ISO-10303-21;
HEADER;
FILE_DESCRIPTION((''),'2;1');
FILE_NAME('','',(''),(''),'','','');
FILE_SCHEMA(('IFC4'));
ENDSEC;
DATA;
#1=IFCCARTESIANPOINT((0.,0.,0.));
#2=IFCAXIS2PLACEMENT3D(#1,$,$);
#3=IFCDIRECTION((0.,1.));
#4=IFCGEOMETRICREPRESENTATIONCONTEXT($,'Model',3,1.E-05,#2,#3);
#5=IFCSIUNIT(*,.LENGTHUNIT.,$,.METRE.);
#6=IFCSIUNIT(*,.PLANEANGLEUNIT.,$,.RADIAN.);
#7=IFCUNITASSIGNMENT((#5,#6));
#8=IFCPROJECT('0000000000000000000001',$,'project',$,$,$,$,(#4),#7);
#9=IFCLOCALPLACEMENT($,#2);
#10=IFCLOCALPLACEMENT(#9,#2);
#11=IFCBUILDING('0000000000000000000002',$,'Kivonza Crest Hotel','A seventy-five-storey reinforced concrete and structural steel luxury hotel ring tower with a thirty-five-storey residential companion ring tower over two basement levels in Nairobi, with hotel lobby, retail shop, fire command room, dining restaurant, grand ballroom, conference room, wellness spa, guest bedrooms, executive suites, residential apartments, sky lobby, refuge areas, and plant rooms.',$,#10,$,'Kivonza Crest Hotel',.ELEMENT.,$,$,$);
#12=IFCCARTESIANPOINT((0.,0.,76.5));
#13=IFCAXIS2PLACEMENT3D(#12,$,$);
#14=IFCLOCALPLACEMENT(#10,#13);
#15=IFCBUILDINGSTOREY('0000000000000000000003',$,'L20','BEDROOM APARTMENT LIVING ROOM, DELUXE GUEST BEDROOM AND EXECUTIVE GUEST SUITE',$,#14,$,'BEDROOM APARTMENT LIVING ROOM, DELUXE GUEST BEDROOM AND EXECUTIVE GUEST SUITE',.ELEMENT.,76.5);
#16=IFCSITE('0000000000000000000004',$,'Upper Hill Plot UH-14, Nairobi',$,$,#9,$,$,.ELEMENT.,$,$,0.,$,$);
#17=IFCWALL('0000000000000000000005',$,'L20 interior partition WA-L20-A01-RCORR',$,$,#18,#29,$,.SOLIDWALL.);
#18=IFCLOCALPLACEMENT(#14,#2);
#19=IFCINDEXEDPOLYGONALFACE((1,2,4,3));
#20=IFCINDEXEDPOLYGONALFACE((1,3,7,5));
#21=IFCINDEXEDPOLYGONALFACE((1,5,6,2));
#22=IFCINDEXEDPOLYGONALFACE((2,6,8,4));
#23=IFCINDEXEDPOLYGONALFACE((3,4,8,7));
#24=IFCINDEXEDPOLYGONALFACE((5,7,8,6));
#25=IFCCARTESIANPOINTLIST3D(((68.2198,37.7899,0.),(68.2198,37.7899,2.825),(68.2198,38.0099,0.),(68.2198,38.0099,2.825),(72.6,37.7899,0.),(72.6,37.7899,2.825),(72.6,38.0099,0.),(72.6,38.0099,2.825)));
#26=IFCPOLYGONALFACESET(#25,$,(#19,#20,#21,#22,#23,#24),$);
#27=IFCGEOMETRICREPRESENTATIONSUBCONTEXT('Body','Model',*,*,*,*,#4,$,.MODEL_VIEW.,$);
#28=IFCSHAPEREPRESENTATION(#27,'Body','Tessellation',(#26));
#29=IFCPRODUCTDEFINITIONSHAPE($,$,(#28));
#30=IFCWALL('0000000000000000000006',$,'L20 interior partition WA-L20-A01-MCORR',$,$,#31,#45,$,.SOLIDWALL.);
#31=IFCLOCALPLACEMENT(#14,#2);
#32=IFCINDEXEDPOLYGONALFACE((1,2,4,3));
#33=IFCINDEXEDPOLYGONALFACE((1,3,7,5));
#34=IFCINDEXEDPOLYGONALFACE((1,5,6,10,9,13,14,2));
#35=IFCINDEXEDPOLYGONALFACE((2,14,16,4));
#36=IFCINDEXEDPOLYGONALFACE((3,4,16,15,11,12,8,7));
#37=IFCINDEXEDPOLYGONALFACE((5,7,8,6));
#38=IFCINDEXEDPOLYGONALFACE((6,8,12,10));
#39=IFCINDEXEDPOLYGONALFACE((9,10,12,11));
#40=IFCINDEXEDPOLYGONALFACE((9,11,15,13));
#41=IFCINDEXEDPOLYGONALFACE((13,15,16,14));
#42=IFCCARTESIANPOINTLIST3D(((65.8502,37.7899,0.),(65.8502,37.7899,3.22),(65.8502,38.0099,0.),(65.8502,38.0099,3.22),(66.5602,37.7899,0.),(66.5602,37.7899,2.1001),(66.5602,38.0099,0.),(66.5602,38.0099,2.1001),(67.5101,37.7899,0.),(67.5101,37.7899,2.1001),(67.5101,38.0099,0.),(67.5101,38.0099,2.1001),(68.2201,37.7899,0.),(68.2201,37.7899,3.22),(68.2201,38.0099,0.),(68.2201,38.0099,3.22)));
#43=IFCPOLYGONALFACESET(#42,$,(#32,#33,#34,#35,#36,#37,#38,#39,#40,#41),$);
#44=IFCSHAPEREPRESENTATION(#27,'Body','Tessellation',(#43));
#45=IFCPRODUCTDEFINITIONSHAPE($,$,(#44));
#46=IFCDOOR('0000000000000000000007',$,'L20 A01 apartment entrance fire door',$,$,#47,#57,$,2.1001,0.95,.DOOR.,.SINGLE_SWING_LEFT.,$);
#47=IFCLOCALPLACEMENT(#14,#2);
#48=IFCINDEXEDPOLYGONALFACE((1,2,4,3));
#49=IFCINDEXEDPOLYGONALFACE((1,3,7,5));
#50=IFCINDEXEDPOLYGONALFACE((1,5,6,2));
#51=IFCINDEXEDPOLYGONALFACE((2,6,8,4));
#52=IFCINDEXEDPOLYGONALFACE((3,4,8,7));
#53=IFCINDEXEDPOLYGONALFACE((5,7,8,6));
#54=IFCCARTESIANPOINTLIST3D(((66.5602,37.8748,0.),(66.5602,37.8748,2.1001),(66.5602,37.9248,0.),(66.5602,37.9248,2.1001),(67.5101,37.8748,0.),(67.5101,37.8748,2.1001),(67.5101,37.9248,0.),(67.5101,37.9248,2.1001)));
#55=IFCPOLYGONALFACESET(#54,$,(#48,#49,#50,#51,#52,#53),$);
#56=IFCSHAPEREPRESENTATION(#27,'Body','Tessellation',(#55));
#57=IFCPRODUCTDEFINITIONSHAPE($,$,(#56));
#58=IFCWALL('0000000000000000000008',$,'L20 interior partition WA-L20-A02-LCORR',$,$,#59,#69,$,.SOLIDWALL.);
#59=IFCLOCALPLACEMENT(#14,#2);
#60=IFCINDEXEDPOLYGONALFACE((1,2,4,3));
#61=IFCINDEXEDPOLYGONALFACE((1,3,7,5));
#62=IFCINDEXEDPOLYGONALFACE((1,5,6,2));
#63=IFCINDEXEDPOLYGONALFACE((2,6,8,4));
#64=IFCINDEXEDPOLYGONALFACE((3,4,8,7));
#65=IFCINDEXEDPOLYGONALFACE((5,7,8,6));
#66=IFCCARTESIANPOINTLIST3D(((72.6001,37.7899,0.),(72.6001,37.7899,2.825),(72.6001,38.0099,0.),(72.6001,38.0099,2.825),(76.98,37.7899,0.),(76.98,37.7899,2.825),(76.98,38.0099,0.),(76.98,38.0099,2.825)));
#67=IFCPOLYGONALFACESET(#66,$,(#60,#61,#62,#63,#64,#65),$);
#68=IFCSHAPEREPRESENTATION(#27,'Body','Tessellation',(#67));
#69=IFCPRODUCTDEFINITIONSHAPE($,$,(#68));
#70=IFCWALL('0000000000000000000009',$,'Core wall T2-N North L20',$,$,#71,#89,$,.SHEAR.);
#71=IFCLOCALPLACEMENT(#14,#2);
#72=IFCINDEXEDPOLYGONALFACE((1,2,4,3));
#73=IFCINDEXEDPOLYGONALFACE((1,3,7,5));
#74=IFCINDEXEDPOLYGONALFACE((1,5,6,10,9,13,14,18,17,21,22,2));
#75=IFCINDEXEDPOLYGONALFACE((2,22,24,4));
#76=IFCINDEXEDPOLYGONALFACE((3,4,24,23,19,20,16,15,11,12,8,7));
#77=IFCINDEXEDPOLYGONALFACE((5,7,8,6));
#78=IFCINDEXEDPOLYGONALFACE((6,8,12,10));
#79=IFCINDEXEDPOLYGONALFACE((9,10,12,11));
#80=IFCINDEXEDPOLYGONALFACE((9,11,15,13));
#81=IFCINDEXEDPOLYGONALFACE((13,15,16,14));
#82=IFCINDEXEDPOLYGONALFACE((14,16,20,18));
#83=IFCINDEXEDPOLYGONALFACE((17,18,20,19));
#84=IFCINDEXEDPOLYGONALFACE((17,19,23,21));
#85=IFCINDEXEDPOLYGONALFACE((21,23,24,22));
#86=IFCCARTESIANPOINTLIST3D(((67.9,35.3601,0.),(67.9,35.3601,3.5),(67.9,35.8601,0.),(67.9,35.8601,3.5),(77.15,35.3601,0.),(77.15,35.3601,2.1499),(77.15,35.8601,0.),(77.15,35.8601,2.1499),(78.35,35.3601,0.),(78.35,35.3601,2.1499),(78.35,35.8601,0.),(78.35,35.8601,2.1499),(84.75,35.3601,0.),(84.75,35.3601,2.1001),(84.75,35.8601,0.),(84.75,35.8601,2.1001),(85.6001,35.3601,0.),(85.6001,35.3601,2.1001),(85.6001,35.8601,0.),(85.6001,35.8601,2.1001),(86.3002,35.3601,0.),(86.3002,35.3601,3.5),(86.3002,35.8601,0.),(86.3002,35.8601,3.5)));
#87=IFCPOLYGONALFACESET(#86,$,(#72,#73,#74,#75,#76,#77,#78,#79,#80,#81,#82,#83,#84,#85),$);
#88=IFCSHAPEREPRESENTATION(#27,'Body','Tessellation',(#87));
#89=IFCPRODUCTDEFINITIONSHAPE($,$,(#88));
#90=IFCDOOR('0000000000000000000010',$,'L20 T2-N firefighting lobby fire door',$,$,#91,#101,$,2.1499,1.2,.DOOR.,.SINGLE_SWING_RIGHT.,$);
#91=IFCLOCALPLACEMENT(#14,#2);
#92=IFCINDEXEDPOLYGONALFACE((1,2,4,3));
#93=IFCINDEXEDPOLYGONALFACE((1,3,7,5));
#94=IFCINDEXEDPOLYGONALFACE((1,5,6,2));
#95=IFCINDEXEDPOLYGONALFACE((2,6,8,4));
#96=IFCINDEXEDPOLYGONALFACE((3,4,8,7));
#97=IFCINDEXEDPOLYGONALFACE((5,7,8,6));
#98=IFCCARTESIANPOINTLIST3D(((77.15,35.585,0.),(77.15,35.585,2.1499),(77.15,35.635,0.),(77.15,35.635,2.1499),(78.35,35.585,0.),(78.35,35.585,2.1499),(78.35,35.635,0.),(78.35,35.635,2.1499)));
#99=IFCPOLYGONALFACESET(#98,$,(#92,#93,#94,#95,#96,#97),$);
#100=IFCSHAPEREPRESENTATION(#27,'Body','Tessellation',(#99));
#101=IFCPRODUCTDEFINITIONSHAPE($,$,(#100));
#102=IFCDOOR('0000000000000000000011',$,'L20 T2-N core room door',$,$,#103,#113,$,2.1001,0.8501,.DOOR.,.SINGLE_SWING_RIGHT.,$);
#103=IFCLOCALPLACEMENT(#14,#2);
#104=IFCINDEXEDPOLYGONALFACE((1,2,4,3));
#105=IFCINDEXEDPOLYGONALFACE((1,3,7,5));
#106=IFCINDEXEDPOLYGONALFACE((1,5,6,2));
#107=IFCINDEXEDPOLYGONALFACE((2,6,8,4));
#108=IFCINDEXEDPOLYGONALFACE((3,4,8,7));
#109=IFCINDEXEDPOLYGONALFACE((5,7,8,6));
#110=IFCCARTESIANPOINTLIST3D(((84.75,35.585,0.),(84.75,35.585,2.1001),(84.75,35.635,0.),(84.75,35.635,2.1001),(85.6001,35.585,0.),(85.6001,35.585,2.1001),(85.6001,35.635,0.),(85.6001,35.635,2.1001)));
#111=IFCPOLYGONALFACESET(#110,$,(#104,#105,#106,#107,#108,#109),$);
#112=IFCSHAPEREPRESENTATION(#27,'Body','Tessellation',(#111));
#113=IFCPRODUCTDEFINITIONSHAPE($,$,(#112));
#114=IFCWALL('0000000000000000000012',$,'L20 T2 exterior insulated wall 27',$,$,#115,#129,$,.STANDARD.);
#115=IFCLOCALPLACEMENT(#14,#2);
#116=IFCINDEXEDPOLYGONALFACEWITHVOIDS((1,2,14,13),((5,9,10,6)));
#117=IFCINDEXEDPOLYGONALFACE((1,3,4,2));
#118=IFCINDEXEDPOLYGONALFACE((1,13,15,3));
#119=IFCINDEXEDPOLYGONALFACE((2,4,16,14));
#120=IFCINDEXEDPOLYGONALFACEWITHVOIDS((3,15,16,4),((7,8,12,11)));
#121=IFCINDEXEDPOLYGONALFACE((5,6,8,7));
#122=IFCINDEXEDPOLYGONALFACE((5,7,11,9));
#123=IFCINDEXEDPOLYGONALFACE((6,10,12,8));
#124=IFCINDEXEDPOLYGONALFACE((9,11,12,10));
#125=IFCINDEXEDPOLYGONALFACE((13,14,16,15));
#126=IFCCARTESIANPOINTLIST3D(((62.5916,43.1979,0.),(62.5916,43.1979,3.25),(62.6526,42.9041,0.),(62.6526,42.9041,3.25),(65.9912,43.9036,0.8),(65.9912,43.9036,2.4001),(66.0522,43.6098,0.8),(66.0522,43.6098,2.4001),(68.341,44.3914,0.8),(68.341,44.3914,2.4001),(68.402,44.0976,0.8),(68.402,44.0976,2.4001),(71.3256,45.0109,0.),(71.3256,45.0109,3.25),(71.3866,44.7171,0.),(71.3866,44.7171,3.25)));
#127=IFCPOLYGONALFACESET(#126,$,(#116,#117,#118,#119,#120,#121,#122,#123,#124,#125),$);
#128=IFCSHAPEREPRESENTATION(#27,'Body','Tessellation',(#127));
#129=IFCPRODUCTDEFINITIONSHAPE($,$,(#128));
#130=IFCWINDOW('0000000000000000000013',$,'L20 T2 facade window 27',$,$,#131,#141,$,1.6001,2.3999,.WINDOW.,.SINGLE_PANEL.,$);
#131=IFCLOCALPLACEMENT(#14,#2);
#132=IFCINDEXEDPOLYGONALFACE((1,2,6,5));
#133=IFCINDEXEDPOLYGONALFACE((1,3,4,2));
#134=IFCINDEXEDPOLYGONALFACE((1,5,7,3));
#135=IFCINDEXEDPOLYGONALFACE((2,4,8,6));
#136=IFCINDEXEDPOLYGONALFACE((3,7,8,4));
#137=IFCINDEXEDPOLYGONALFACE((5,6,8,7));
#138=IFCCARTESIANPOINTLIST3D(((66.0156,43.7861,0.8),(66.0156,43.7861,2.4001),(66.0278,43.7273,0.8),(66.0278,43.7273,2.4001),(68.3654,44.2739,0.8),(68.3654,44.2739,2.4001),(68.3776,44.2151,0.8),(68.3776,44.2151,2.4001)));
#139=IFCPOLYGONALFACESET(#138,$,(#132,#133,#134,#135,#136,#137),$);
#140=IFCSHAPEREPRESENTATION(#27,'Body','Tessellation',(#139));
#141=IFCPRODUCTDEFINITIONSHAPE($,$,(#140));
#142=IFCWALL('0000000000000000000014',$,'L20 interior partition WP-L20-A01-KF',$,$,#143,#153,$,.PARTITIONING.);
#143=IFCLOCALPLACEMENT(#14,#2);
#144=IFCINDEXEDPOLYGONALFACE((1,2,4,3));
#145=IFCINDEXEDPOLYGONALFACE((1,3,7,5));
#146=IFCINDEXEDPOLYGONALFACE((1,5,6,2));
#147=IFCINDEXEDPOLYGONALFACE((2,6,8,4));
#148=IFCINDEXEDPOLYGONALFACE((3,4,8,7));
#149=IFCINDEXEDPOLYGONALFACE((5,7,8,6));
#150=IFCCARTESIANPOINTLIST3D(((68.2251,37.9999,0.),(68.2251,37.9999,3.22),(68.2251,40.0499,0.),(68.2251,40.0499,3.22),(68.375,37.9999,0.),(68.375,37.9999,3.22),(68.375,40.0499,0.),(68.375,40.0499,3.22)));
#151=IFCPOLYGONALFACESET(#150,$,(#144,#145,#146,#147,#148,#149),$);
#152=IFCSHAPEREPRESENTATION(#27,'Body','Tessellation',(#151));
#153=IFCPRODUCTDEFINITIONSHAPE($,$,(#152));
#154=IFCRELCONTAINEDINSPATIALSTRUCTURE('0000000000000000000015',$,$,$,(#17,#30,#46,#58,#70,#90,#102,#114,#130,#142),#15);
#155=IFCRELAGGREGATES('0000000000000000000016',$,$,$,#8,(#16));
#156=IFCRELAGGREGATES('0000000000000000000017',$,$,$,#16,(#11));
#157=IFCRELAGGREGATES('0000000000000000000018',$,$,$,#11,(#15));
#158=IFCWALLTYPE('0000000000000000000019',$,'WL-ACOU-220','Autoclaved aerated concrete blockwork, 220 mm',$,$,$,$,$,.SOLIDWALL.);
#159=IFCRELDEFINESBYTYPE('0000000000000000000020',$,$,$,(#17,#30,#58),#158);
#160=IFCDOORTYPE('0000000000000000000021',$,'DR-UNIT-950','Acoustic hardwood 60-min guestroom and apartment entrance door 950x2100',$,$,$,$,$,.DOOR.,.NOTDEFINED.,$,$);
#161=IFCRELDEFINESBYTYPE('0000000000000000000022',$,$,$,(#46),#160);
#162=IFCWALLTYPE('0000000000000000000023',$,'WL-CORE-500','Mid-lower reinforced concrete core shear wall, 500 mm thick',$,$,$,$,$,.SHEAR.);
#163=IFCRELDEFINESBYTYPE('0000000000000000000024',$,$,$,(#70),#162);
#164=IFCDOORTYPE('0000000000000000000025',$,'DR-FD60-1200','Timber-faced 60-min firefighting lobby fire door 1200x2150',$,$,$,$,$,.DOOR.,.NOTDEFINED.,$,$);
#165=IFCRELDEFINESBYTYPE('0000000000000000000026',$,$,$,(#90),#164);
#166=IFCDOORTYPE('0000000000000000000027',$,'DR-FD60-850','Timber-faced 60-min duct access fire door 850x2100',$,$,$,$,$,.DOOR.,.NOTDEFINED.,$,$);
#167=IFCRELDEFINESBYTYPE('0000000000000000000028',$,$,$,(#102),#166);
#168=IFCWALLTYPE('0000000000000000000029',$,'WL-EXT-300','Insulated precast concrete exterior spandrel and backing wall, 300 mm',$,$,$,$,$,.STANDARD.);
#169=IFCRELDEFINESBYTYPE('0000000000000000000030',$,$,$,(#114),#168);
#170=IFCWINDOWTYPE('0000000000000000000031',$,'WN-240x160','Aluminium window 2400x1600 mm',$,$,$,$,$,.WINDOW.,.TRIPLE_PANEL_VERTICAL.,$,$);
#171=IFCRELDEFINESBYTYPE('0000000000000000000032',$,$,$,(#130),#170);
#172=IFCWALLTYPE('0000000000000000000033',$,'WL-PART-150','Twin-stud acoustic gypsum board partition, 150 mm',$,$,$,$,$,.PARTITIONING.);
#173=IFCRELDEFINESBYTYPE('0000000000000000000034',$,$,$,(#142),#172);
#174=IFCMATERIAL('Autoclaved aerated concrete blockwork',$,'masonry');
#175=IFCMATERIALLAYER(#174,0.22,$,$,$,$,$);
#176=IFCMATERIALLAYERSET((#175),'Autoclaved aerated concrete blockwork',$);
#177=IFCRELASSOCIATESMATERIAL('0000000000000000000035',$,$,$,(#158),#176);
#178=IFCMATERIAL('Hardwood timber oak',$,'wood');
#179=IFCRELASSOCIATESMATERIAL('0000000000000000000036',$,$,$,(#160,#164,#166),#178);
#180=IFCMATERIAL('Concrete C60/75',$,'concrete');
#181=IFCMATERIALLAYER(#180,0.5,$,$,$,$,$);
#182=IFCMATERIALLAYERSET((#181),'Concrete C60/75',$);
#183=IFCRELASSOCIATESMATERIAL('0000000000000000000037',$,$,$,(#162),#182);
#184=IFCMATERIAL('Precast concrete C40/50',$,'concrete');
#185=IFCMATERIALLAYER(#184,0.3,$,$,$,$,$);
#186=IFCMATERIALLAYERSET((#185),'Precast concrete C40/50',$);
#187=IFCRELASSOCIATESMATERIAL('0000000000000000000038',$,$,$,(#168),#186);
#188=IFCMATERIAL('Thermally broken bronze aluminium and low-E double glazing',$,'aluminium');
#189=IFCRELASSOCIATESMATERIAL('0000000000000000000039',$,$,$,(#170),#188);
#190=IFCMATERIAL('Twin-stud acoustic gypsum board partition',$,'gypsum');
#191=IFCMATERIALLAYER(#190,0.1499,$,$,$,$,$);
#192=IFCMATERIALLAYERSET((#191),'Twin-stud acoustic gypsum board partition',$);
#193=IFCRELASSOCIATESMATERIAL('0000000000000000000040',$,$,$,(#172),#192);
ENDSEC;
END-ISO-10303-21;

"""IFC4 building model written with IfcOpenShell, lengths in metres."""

from ifc_helpers import new_model, si_unit, direction, frame, frame_2d, origin, place, context, subcontext, project, spatial, rectangle, extrude, material, layer, layer_set, type_object, element, fill, save


model = new_model("IFC4")

# Units and contexts
model_context = context("Model", 3, precision=1e-05, world=origin(), true_north=direction((0.0, 1.0)))
body_context = subcontext(model_context, "Body", "Model", "MODEL_VIEW")
ifc_project = project(units=[si_unit("LENGTHUNIT", "METRE"), si_unit("PLANEANGLEUNIT", "RADIAN")], contexts=[model_context])

# Site, building, storey
site_placement = place(None, origin())
site = spatial("IfcSite", under=ifc_project, at=site_placement, Name="Upper Hill Plot UH-14, Nairobi", CompositionType="ELEMENT", RefElevation=0.0)
building_placement = place(site_placement, origin())
building = spatial("IfcBuilding", under=site, at=building_placement, Name="Kivonza Crest Hotel", Description="A seventy-five-storey reinforced concrete and structural steel luxury hotel ring tower with a thirty-five-storey residential companion ring tower over two basement levels in Nairobi, with hotel lobby, retail shop, fire command room, dining restaurant, grand ballroom, conference room, wellness spa, guest bedrooms, executive suites, residential apartments, sky lobby, refuge areas, and plant rooms.", LongName="Kivonza Crest Hotel", CompositionType="ELEMENT")
storey_placement = place(building_placement, frame((0.0, 0.0, 76.5)))
storey = spatial("IfcBuildingStorey", under=building, at=storey_placement, Name="L20", Description="BEDROOM APARTMENT LIVING ROOM, DELUXE GUEST BEDROOM AND EXECUTIVE GUEST SUITE", LongName="BEDROOM APARTMENT LIVING ROOM, DELUXE GUEST BEDROOM AND EXECUTIVE GUEST SUITE", CompositionType="ELEMENT", Elevation=76.5)

# Wall
ifc_material_1 = material(Name="Autoclaved aerated concrete blockwork", Category="masonry")
ifc_layer_1 = layer(ifc_material_1, 0.22)
ifc_layer_set_1 = layer_set([ifc_layer_1], Name="Autoclaved aerated concrete blockwork")
wall_type_1 = type_object("IfcWallType", Name="WL-ACOU-220", Description="Autoclaved aerated concrete blockwork, 220 mm", PredefinedType="SOLIDWALL", material=ifc_layer_set_1)
wall_1_placement = place(storey_placement, frame((68.22, 37.8999, 0.0), z_axis=(0.0, 0.0, 1.0), x_axis=(1.0, 0.0, 0.0)))
element("IfcWall", 1, at=wall_1_placement, inside=storey, type_object=wall_type_1, Name="L20 interior partition WA-L20-A01-RCORR", PredefinedType="SOLIDWALL", context=body_context, shape_type="SweptSolid", body=[
    extrude(rectangle(XDim=4.3801, YDim=0.22, at=frame_2d((2.1899, 0.0))), origin(), (0.0, 0.0, 1.0), 2.825),
])

# Wall, opening, door
wall_2_placement = place(storey_placement, frame((65.8501, 37.8999, 0.0), z_axis=(0.0, 0.0, 1.0), x_axis=(1.0, 0.0, 0.0)))
wall_2 = element("IfcWall", 2, at=wall_2_placement, inside=storey, type_object=wall_type_1, Name="L20 interior partition WA-L20-A01-MCORR", PredefinedType="SOLIDWALL", context=body_context, shape_type="SweptSolid", body=[
    extrude(rectangle(XDim=2.3699, YDim=0.22, at=frame_2d((1.1851, 0.0))), origin(), (0.0, 0.0, 1.0), 3.22),
])
opening_1_placement = place(wall_2_placement, frame((0.71, 0.0, 0.0)))
opening_1 = element("IfcOpeningElement", 3, at=opening_1_placement, cuts=wall_2, PredefinedType="OPENING", context=body_context, shape_type="SweptSolid", body=[
    extrude(rectangle(XDim=0.95, YDim=2.1001, at=frame_2d((0.4751, 1.05))), frame((0.0, 0.1201, 0.0), z_axis=(0.0, -1.0, 0.0), x_axis=(1.0, 0.0, 0.0)), (0.0, 0.0, 1.0), 0.24),
])
ifc_material_2 = material(Name="Hardwood timber oak", Category="wood")
door_type_1 = type_object("IfcDoorType", Name="DR-UNIT-950", Description="Acoustic hardwood 60-min guestroom and apartment entrance door 950x2100", OperationType="NOTDEFINED", PredefinedType="DOOR", material=ifc_material_2)
door_1_placement = place(opening_1_placement, origin())
door_1 = element("IfcDoor", 4, at=door_1_placement, inside=storey, type_object=door_type_1, Name="L20 A01 apartment entrance fire door", OperationType="SINGLE_SWING_LEFT", OverallHeight=2.1001, OverallWidth=0.95, PredefinedType="DOOR", context=body_context, shape_type="SweptSolid", body=[
    extrude(rectangle(XDim=0.95, YDim=2.1001, at=frame_2d((0.4751, 1.05))), frame((0.0, 0.0249, 0.0), z_axis=(0.0, -1.0, 0.0), x_axis=(1.0, 0.0, 0.0)), (0.0, 0.0, 1.0), 0.05),
])
fill(opening_1, door_1)

# Wall
wall_3_placement = place(storey_placement, frame((72.6001, 37.8999, 0.0), z_axis=(0.0, 0.0, 1.0), x_axis=(1.0, 0.0, 0.0)))
element("IfcWall", 5, at=wall_3_placement, inside=storey, type_object=wall_type_1, Name="L20 interior partition WA-L20-A02-LCORR", PredefinedType="SOLIDWALL", context=body_context, shape_type="SweptSolid", body=[
    extrude(rectangle(XDim=4.3799, YDim=0.22, at=frame_2d((2.1899, 0.0))), origin(), (0.0, 0.0, 1.0), 2.825),
])

# Wall, openings, doors
ifc_material_3 = material(Name="Concrete C60/75", Category="concrete")
ifc_layer_2 = layer(ifc_material_3, 0.5)
ifc_layer_set_2 = layer_set([ifc_layer_2], Name="Concrete C60/75")
wall_type_2 = type_object("IfcWallType", Name="WL-CORE-500", Description="Mid-lower reinforced concrete core shear wall, 500 mm thick", PredefinedType="SHEAR", material=ifc_layer_set_2)
wall_4_placement = place(storey_placement, frame((67.8999, 35.6101, 0.0), z_axis=(0.0, 0.0, 1.0), x_axis=(1.0, 0.0, 0.0)))
wall_4 = element("IfcWall", 6, at=wall_4_placement, inside=storey, type_object=wall_type_2, Name="Core wall T2-N North L20", PredefinedType="SHEAR", context=body_context, shape_type="SweptSolid", body=[
    extrude(rectangle(XDim=18.4001, YDim=0.5, at=frame_2d((9.2002, 0.0))), origin(), (0.0, 0.0, 1.0), 3.5),
])
opening_2_placement = place(wall_4_placement, frame((9.25, 0.0, 0.0)))
opening_2 = element("IfcOpeningElement", 7, at=opening_2_placement, cuts=wall_4, PredefinedType="OPENING", context=body_context, shape_type="SweptSolid", body=[
    extrude(rectangle(XDim=1.2, YDim=2.1499, at=frame_2d((0.6001, 1.075))), frame((0.0, 0.26, 0.0), z_axis=(0.0, -1.0, 0.0), x_axis=(1.0, 0.0, 0.0)), (0.0, 0.0, 1.0), 0.52),
])
opening_3_placement = place(wall_4_placement, frame((16.8501, 0.0, 0.0)))
opening_3 = element("IfcOpeningElement", 8, at=opening_3_placement, cuts=wall_4, PredefinedType="OPENING", context=body_context, shape_type="SweptSolid", body=[
    extrude(rectangle(XDim=0.8501, YDim=2.1001, at=frame_2d((0.425, 1.05))), frame((0.0, 0.26, 0.0), z_axis=(0.0, -1.0, 0.0), x_axis=(1.0, 0.0, 0.0)), (0.0, 0.0, 1.0), 0.52),
])
door_type_2 = type_object("IfcDoorType", Name="DR-FD60-1200", Description="Timber-faced 60-min firefighting lobby fire door 1200x2150", OperationType="NOTDEFINED", PredefinedType="DOOR", material=ifc_material_2)
door_2_placement = place(opening_2_placement, origin())
door_2 = element("IfcDoor", 9, at=door_2_placement, inside=storey, type_object=door_type_2, Name="L20 T2-N firefighting lobby fire door", OperationType="SINGLE_SWING_RIGHT", OverallHeight=2.1499, OverallWidth=1.2, PredefinedType="DOOR", context=body_context, shape_type="SweptSolid", body=[
    extrude(rectangle(XDim=1.2, YDim=2.1499, at=frame_2d((0.6001, 1.075))), frame((0.0, 0.0249, 0.0), z_axis=(0.0, -1.0, 0.0), x_axis=(1.0, 0.0, 0.0)), (0.0, 0.0, 1.0), 0.05),
])
fill(opening_2, door_2)
door_type_3 = type_object("IfcDoorType", Name="DR-FD60-850", Description="Timber-faced 60-min duct access fire door 850x2100", OperationType="NOTDEFINED", PredefinedType="DOOR", material=ifc_material_2)
door_3_placement = place(opening_3_placement, origin())
door_3 = element("IfcDoor", 10, at=door_3_placement, inside=storey, type_object=door_type_3, Name="L20 T2-N core room door", OperationType="SINGLE_SWING_RIGHT", OverallHeight=2.1001, OverallWidth=0.8501, PredefinedType="DOOR", context=body_context, shape_type="SweptSolid", body=[
    extrude(rectangle(XDim=0.8501, YDim=2.1001, at=frame_2d((0.425, 1.05))), frame((0.0, 0.0249, 0.0), z_axis=(0.0, -1.0, 0.0), x_axis=(1.0, 0.0, 0.0)), (0.0, 0.0, 1.0), 0.05),
])
fill(opening_3, door_3)

# Wall, opening, window
ifc_material_4 = material(Name="Precast concrete C40/50", Category="concrete")
ifc_layer_3 = layer(ifc_material_4, 0.3)
ifc_layer_set_3 = layer_set([ifc_layer_3], Name="Precast concrete C40/50")
wall_type_3 = type_object("IfcWallType", Name="WL-EXT-300", Description="Insulated precast concrete exterior spandrel and backing wall, 300 mm", PredefinedType="STANDARD", material=ifc_layer_set_3)
wall_5_placement = place(storey_placement, frame((71.356, 44.864, 0.0), z_axis=(0.0, 0.0, 1.0), x_axis=(-0.979127, -0.203248, 0.0)))
wall_5 = element("IfcWall", 11, at=wall_5_placement, inside=storey, type_object=wall_type_3, Name="L20 T2 exterior insulated wall 27", PredefinedType="STANDARD", context=body_context, shape_type="SweptSolid", body=[
    extrude(rectangle(XDim=8.9202, YDim=0.3, at=frame_2d((4.46, 0.0))), origin(), (0.0, 0.0, 1.0), 3.25),
])
opening_4_placement = place(wall_5_placement, frame((3.0481, 0.0, 0.8)))
opening_4 = element("IfcOpeningElement", 12, at=opening_4_placement, cuts=wall_5, PredefinedType="OPENING", context=body_context, shape_type="SweptSolid", body=[
    extrude(rectangle(XDim=2.3999, YDim=1.6001, at=frame_2d((1.2, 0.8))), frame((0.0, 0.1602, 0.0), z_axis=(0.0, -1.0, 0.0), x_axis=(1.0, 0.0, 0.0)), (0.0, 0.0, 1.0), 0.3201),
])
ifc_material_5 = material(Name="Thermally broken bronze aluminium and low-E double glazing", Category="aluminium")
window_type = type_object("IfcWindowType", Name="WN-240x160", Description="Aluminium window 2400x1600 mm", PartitioningType="TRIPLE_PANEL_VERTICAL", PredefinedType="WINDOW", material=ifc_material_5)
window_placement = place(opening_4_placement, origin())
window = element("IfcWindow", 13, at=window_placement, inside=storey, type_object=window_type, Name="L20 T2 facade window 27", OverallHeight=1.6001, OverallWidth=2.3999, PartitioningType="SINGLE_PANEL", PredefinedType="WINDOW", context=body_context, shape_type="SweptSolid", body=[
    extrude(rectangle(XDim=2.3999, YDim=1.6001, at=frame_2d((1.2, 0.8))), frame((0.0, 0.03, 0.0), z_axis=(0.0, -1.0, 0.0), x_axis=(1.0, 0.0, 0.0)), (0.0, 0.0, 1.0), 0.0601),
])
fill(opening_4, window)

# Wall
ifc_material_6 = material(Name="Twin-stud acoustic gypsum board partition", Category="gypsum")
ifc_layer_4 = layer(ifc_material_6, 0.1499)
ifc_layer_set_4 = layer_set([ifc_layer_4], Name="Twin-stud acoustic gypsum board partition")
wall_type_4 = type_object("IfcWallType", Name="WL-PART-150", Description="Twin-stud acoustic gypsum board partition, 150 mm", PredefinedType="PARTITIONING", material=ifc_layer_set_4)
wall_6_placement = place(storey_placement, frame((68.3, 38.0, 0.0), z_axis=(0.0, 0.0, 1.0), x_axis=(0.0, 1.0, 0.0)))
element("IfcWall", 14, at=wall_6_placement, inside=storey, type_object=wall_type_4, Name="L20 interior partition WP-L20-A01-KF", PredefinedType="PARTITIONING", context=body_context, shape_type="SweptSolid", body=[
    extrude(rectangle(XDim=2.05, YDim=0.1499, at=frame_2d((1.0249, 0.0))), origin(), (0.0, 0.0, 1.0), 3.22),
])

save(model, "model.ifc")
